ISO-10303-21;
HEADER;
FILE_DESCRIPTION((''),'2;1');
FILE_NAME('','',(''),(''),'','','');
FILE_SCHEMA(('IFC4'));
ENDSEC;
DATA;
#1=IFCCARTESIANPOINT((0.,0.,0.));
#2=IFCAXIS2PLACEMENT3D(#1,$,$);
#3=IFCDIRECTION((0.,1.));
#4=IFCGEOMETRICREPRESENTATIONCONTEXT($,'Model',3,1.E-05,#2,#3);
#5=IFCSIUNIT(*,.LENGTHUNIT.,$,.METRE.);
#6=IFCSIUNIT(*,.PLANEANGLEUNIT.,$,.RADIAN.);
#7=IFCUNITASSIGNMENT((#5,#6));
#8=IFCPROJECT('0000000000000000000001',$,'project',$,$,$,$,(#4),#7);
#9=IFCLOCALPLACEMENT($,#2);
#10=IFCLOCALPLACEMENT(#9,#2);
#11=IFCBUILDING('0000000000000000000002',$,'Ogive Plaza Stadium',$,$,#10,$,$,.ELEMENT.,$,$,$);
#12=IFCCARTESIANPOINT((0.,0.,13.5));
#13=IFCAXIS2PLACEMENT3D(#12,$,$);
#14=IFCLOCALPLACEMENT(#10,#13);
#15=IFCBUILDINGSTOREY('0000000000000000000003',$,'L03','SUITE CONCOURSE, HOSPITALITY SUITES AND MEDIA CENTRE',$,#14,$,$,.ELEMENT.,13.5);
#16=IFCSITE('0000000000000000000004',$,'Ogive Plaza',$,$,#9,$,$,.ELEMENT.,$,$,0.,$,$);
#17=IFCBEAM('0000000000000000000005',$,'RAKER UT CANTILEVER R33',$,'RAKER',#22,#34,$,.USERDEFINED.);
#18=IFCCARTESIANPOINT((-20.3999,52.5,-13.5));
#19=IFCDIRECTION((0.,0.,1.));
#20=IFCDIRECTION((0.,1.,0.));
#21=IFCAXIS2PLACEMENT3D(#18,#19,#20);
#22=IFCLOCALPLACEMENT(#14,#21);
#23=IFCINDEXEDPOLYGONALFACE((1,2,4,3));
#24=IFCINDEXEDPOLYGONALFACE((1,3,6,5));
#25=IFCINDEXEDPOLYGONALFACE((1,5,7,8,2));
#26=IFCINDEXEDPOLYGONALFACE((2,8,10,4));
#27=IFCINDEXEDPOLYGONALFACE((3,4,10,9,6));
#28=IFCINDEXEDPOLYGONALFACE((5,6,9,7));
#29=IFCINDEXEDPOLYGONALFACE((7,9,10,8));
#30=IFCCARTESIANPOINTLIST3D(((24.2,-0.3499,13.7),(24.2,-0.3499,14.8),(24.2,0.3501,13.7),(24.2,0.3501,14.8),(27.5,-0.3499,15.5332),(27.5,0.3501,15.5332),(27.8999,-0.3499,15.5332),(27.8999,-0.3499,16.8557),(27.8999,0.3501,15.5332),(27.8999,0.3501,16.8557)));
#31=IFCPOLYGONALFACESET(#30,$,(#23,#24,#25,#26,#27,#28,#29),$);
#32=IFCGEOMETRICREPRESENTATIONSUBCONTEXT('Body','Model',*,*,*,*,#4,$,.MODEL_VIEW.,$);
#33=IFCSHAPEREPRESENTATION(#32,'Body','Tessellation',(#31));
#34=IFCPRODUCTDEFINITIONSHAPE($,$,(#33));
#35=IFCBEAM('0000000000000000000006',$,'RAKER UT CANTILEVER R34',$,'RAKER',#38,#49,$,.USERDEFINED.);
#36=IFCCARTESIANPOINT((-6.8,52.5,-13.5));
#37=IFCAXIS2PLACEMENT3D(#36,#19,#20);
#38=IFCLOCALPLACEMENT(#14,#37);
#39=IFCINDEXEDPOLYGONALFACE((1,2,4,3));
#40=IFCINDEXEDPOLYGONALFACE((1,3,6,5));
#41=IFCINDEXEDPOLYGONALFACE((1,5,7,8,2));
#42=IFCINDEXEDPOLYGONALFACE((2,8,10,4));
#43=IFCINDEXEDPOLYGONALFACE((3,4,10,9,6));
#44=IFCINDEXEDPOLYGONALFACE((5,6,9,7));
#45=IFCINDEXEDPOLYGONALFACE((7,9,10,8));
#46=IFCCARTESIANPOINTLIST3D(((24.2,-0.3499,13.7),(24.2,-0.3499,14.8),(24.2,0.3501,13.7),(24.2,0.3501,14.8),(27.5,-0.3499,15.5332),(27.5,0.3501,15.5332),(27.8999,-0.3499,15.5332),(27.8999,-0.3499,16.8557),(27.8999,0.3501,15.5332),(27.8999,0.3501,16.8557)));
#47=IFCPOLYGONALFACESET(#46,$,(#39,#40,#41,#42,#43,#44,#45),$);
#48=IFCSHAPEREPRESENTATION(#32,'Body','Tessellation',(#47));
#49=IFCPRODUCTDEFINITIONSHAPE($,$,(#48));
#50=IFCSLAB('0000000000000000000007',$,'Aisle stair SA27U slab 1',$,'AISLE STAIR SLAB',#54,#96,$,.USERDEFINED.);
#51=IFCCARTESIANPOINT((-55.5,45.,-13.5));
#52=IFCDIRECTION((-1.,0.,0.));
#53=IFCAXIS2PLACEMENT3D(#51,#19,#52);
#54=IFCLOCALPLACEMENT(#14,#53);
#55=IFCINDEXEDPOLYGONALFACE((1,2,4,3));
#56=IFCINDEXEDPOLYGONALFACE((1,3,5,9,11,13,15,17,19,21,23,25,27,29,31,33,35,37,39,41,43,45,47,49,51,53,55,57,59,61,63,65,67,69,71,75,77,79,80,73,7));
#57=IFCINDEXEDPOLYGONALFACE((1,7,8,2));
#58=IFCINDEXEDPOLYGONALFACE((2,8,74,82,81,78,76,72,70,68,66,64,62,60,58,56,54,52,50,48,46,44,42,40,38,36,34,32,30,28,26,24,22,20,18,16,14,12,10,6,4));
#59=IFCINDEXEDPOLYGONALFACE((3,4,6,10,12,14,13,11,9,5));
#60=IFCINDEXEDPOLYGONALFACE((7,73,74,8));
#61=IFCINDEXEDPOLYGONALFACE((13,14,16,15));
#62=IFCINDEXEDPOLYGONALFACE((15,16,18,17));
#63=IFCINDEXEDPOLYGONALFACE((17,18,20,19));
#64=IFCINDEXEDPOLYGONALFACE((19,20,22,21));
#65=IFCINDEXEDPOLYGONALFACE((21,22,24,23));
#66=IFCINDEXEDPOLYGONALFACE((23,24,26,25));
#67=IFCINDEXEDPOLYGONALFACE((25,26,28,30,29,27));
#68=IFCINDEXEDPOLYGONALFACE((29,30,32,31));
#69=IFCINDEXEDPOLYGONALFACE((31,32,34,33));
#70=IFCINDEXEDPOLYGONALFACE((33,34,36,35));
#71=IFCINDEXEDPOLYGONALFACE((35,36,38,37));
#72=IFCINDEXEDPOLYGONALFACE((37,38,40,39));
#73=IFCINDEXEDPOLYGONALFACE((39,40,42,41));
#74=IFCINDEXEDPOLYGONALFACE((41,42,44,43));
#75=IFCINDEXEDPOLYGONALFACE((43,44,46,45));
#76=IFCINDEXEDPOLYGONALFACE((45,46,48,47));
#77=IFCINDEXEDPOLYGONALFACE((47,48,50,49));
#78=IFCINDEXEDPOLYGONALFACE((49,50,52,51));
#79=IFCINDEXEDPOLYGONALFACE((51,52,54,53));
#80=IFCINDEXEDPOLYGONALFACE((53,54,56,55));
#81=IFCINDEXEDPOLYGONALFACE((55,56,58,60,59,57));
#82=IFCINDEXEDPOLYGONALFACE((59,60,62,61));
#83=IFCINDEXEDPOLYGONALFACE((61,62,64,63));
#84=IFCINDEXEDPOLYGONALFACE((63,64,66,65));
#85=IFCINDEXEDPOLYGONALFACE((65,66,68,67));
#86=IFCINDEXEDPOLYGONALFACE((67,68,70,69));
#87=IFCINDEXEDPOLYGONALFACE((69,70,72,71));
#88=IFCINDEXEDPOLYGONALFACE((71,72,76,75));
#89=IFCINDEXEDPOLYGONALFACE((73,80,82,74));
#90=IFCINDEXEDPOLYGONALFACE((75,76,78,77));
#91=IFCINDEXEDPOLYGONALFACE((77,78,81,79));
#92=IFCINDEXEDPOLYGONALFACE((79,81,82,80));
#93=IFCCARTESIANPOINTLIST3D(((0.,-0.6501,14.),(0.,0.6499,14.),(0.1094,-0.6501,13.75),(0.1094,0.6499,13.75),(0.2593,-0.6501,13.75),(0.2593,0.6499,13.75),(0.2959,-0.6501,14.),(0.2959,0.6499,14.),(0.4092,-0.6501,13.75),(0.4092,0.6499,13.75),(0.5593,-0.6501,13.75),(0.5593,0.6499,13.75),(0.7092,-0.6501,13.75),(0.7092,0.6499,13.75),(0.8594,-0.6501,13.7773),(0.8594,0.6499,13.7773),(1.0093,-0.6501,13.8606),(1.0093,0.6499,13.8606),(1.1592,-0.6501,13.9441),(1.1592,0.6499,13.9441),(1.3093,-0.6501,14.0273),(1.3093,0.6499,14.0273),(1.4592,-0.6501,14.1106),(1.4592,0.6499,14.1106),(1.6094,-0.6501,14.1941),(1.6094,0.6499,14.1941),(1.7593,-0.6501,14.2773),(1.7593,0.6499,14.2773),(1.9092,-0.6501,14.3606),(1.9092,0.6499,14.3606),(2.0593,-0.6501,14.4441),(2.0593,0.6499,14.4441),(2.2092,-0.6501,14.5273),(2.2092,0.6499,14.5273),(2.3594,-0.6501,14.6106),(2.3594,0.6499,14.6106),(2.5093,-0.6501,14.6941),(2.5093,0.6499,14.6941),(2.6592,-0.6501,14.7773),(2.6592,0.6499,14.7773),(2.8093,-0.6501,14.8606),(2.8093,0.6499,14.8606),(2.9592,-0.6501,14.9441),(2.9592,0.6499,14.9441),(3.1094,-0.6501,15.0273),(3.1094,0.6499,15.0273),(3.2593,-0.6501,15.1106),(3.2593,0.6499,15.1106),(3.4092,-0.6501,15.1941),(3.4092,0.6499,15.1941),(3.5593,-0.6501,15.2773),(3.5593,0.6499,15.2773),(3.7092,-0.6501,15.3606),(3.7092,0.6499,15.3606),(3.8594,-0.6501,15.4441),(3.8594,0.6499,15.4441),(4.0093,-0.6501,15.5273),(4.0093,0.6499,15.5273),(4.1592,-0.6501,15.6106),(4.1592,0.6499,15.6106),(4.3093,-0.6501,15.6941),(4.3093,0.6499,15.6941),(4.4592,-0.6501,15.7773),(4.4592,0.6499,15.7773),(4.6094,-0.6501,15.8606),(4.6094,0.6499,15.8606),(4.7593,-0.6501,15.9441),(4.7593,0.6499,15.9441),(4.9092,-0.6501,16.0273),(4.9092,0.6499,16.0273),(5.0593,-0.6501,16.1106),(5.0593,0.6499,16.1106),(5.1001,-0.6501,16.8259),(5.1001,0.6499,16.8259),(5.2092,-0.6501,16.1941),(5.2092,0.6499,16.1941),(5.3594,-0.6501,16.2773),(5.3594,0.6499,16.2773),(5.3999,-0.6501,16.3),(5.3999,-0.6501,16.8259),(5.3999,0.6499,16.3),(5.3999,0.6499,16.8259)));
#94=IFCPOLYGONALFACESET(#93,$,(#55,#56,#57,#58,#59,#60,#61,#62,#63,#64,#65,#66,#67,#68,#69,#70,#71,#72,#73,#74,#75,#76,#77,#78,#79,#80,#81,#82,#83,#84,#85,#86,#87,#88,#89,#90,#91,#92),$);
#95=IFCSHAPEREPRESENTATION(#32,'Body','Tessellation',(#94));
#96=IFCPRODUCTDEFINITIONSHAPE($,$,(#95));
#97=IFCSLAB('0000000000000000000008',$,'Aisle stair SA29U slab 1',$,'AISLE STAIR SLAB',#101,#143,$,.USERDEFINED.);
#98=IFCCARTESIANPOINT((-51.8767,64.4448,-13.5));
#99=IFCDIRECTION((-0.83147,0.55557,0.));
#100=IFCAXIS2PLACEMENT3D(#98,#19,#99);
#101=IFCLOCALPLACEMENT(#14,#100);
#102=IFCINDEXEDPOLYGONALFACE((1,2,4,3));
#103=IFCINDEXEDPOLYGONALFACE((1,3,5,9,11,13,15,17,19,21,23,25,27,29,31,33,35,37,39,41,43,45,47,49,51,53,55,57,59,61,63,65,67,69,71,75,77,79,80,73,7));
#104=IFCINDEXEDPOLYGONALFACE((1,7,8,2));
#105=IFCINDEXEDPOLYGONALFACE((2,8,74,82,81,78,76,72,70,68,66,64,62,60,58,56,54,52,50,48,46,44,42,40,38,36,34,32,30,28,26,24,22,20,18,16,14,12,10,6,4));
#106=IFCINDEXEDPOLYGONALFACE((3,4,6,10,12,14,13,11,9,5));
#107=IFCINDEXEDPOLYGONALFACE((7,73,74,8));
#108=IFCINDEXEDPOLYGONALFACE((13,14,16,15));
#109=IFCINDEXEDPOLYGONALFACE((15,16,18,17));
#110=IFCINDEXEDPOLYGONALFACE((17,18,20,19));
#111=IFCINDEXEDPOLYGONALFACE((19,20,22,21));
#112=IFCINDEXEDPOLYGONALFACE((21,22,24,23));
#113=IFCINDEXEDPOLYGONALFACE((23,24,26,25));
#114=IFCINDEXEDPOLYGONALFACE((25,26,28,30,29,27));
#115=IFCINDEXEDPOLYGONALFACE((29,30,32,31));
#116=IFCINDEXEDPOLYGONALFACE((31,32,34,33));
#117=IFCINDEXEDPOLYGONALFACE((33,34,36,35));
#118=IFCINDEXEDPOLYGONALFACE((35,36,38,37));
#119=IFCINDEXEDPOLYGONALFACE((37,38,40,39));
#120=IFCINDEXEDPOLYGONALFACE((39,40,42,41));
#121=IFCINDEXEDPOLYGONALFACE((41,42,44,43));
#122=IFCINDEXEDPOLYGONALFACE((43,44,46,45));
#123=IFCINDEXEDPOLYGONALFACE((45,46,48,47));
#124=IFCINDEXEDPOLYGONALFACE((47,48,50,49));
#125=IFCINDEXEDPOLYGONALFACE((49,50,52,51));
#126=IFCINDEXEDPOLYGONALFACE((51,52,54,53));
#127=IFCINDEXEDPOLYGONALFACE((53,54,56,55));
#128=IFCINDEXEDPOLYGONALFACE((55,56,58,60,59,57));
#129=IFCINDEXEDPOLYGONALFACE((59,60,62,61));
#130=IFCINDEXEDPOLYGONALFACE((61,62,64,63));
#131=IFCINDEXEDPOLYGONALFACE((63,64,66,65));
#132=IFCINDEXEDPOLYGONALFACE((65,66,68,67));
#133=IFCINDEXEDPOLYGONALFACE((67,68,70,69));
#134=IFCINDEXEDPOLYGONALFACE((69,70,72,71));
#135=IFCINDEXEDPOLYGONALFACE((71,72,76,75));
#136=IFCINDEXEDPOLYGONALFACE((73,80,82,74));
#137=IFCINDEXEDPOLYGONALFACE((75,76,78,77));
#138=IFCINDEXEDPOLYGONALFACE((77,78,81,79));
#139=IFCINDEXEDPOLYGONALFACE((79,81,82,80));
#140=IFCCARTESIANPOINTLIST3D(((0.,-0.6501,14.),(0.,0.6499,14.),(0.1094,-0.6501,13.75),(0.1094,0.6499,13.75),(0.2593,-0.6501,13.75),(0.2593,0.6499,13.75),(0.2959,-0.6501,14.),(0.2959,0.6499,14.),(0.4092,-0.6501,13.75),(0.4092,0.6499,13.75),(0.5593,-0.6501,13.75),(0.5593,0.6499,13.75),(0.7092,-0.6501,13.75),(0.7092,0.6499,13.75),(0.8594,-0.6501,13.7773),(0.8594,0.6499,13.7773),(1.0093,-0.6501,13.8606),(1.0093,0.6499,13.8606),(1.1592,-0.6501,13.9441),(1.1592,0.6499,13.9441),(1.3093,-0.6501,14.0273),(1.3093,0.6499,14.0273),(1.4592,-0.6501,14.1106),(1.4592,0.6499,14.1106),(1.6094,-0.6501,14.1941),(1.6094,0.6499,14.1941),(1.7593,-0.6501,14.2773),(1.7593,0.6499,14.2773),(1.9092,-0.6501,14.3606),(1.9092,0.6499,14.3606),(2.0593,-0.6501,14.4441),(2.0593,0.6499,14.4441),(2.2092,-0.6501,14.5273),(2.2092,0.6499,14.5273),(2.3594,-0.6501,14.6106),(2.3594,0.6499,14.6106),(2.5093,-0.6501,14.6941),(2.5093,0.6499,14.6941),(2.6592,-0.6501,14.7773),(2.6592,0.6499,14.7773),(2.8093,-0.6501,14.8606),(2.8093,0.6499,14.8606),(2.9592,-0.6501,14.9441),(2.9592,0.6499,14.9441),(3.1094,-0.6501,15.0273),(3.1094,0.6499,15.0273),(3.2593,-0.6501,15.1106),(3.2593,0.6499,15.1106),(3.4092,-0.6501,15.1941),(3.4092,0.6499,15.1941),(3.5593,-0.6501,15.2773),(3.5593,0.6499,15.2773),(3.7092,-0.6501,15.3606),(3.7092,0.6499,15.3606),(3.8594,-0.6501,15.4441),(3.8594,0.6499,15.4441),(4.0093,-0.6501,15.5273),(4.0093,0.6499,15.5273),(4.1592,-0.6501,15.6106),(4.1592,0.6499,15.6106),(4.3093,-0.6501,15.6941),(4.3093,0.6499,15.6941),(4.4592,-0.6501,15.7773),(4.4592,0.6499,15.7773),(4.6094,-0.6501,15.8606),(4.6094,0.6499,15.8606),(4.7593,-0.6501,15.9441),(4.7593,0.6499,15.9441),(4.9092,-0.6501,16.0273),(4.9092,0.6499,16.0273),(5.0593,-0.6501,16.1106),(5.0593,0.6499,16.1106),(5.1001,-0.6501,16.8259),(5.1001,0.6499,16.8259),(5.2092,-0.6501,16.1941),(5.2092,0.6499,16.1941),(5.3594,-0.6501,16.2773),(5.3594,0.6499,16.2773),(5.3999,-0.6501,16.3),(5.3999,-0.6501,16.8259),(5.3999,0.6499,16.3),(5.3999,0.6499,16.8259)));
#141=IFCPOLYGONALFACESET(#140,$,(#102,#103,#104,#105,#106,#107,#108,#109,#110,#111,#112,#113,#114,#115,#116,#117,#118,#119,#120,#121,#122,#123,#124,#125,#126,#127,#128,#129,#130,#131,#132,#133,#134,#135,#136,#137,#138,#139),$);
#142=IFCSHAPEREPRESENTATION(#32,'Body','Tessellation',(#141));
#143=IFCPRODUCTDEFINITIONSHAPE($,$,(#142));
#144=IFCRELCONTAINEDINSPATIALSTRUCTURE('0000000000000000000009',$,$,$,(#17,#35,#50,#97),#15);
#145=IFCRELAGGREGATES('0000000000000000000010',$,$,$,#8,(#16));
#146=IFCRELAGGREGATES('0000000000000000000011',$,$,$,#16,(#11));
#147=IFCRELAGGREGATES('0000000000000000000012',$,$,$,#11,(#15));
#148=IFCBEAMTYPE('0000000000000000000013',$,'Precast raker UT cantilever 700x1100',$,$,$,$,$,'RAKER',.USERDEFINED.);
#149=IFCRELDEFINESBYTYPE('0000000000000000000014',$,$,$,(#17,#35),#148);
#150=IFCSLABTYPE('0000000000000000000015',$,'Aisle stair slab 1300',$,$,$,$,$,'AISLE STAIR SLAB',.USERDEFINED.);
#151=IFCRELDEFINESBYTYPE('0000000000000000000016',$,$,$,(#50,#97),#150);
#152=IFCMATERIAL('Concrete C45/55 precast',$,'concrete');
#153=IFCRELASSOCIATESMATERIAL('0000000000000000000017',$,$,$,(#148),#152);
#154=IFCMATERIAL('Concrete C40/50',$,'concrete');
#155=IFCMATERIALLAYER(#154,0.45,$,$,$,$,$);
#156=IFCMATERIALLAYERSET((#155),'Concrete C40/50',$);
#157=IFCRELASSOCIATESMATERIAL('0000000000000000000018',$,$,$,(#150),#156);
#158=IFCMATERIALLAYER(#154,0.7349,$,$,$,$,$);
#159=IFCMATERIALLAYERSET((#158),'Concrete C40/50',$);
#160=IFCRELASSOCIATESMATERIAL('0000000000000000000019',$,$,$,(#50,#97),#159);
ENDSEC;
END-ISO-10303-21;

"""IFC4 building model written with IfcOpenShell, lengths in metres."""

from ifc_helpers import new_model, si_unit, direction, frame, origin, origin_2d, place, context, subcontext, project, spatial, polyline, rectangle, outline, extrude, material, layer, layer_set, material_profile, profile_set, type_object, element, save


model = new_model("IFC4")

# Units and contexts
model_context = context("Model", 3, precision=1e-05, world=origin(), true_north=direction((0.0, 1.0)))
body_context = subcontext(model_context, "Body", "Model", "MODEL_VIEW")
ifc_project = project(units=[si_unit("LENGTHUNIT", "METRE"), si_unit("PLANEANGLEUNIT", "RADIAN")], contexts=[model_context])

# Site, building, storey
site_placement = place(None, origin())
site = spatial("IfcSite", under=ifc_project, at=site_placement, Name="Ogive Plaza", CompositionType="ELEMENT", RefElevation=0.0)
building_placement = place(site_placement, origin())
building = spatial("IfcBuilding", under=site, at=building_placement, Name="Ogive Plaza Stadium", CompositionType="ELEMENT")
storey_placement = place(building_placement, frame((0.0, 0.0, 13.5)))
storey = spatial("IfcBuildingStorey", under=building, at=storey_placement, Name="L03", Description="SUITE CONCOURSE, HOSPITALITY SUITES AND MEDIA CENTRE", CompositionType="ELEMENT", Elevation=13.5)

# Beams
ifc_material_1 = material(Name="Concrete C45/55 precast", Category="concrete")
ifc_material_profile_1 = material_profile(ifc_material_1, rectangle(XDim=0.7, YDim=1.1001, at=origin_2d()), Name="RC 700x1100")
ifc_profile_set_1 = profile_set([ifc_material_profile_1], Name="Concrete C45/55 precast")
beam_type_1 = type_object("IfcBeamType", Name="Precast raker UT cantilever 700x1100", ElementType="RAKER", PredefinedType="USERDEFINED", material=ifc_profile_set_1)
for number, where, z_axis, x_axis, name in (
    (1, (-20.3999, 52.5, -13.5), (0.0, 0.0, 1.0), (0.0, 1.0, 0.0), "RAKER UT CANTILEVER R33"),
    (2, (-6.8, 52.5, -13.5), (0.0, 0.0, 1.0), (0.0, 1.0, 0.0), "RAKER UT CANTILEVER R34"),
):
    element("IfcBeam", number, at=place(storey_placement, frame(where, z_axis=z_axis, x_axis=x_axis)), inside=storey, type_object=beam_type_1, Name=name, ObjectType="RAKER", PredefinedType="USERDEFINED", context=body_context, shape_type="SweptSolid", body=[
        extrude(outline(polyline([(24.2, 13.7), (27.5, 15.5332), (27.8999, 15.5332), (27.8999, 16.8557), (24.2, 14.8), (24.2, 13.7)])), frame((0.0, 0.3501, 0.0), z_axis=(0.0, -1.0, 0.0), x_axis=(1.0, 0.0, 0.0)), (0.0, 0.0, 1.0), 0.7),
    ])

# Slabs
ifc_material_2 = material(Name="Concrete C40/50", Category="concrete")
ifc_layer_1 = layer(ifc_material_2, 0.7349)
ifc_layer_set_1 = layer_set([ifc_layer_1], Name="Concrete C40/50")
ifc_layer_2 = layer(ifc_material_2, 0.45)
ifc_layer_set_2 = layer_set([ifc_layer_2], Name="Concrete C40/50")
slab_type = type_object("IfcSlabType", Name="Aisle stair slab 1300", ElementType="AISLE STAIR SLAB", PredefinedType="USERDEFINED", material=ifc_layer_set_2)
for number, where, z_axis, x_axis, name in (
    (3, (-55.5, 45.0, -13.5), (0.0, 0.0, 1.0), (-1.0, 0.0, 0.0), "Aisle stair SA27U slab 1"),
    (4, (-51.8767, 64.4448, -13.5), (0.0, 0.0, 1.0), (-0.83147, 0.55557, 0.0), "Aisle stair SA29U slab 1"),
):
    element("IfcSlab", number, at=place(storey_placement, frame(where, z_axis=z_axis, x_axis=x_axis)), inside=storey, type_object=slab_type, material=ifc_layer_set_1, Name=name, ObjectType="AISLE STAIR SLAB", PredefinedType="USERDEFINED", context=body_context, shape_type="SweptSolid", body=[
        extrude(outline(polyline([(0.0, 14.0), (0.2959, 14.0), (5.1001, 16.8259), (5.3999, 16.8259), (5.3999, 16.3), (5.3594, 16.2773), (5.2092, 16.1941), (5.0593, 16.1106), (4.9092, 16.0273), (4.7593, 15.9441), (4.6094, 15.8606), (4.4592, 15.7773), (4.3093, 15.6941), (4.1592, 15.6106), (4.0093, 15.5273), (3.8594, 15.4441), (3.7092, 15.3606), (3.5593, 15.2773), (3.4092, 15.1941), (3.2593, 15.1106), (3.1094, 15.0273), (2.9592, 14.9441), (2.8093, 14.8606), (2.6592, 14.7773), (2.5093, 14.6941), (2.3594, 14.6106), (2.2092, 14.5273), (2.0593, 14.4441), (1.9092, 14.3606), (1.7593, 14.2773), (1.6094, 14.1941), (1.4592, 14.1106), (1.3093, 14.0273), (1.1592, 13.9441), (1.0093, 13.8606), (0.8594, 13.7773), (0.7092, 13.75), (0.5593, 13.75), (0.4092, 13.75), (0.2593, 13.75), (0.1094, 13.75), (0.0, 14.0)])), frame((0.0, 0.6499, 0.0), z_axis=(0.0, -1.0, 0.0), x_axis=(1.0, 0.0, 0.0)), (0.0, 0.0, 1.0), 1.3),
    ])

save(model, "model.ifc")
